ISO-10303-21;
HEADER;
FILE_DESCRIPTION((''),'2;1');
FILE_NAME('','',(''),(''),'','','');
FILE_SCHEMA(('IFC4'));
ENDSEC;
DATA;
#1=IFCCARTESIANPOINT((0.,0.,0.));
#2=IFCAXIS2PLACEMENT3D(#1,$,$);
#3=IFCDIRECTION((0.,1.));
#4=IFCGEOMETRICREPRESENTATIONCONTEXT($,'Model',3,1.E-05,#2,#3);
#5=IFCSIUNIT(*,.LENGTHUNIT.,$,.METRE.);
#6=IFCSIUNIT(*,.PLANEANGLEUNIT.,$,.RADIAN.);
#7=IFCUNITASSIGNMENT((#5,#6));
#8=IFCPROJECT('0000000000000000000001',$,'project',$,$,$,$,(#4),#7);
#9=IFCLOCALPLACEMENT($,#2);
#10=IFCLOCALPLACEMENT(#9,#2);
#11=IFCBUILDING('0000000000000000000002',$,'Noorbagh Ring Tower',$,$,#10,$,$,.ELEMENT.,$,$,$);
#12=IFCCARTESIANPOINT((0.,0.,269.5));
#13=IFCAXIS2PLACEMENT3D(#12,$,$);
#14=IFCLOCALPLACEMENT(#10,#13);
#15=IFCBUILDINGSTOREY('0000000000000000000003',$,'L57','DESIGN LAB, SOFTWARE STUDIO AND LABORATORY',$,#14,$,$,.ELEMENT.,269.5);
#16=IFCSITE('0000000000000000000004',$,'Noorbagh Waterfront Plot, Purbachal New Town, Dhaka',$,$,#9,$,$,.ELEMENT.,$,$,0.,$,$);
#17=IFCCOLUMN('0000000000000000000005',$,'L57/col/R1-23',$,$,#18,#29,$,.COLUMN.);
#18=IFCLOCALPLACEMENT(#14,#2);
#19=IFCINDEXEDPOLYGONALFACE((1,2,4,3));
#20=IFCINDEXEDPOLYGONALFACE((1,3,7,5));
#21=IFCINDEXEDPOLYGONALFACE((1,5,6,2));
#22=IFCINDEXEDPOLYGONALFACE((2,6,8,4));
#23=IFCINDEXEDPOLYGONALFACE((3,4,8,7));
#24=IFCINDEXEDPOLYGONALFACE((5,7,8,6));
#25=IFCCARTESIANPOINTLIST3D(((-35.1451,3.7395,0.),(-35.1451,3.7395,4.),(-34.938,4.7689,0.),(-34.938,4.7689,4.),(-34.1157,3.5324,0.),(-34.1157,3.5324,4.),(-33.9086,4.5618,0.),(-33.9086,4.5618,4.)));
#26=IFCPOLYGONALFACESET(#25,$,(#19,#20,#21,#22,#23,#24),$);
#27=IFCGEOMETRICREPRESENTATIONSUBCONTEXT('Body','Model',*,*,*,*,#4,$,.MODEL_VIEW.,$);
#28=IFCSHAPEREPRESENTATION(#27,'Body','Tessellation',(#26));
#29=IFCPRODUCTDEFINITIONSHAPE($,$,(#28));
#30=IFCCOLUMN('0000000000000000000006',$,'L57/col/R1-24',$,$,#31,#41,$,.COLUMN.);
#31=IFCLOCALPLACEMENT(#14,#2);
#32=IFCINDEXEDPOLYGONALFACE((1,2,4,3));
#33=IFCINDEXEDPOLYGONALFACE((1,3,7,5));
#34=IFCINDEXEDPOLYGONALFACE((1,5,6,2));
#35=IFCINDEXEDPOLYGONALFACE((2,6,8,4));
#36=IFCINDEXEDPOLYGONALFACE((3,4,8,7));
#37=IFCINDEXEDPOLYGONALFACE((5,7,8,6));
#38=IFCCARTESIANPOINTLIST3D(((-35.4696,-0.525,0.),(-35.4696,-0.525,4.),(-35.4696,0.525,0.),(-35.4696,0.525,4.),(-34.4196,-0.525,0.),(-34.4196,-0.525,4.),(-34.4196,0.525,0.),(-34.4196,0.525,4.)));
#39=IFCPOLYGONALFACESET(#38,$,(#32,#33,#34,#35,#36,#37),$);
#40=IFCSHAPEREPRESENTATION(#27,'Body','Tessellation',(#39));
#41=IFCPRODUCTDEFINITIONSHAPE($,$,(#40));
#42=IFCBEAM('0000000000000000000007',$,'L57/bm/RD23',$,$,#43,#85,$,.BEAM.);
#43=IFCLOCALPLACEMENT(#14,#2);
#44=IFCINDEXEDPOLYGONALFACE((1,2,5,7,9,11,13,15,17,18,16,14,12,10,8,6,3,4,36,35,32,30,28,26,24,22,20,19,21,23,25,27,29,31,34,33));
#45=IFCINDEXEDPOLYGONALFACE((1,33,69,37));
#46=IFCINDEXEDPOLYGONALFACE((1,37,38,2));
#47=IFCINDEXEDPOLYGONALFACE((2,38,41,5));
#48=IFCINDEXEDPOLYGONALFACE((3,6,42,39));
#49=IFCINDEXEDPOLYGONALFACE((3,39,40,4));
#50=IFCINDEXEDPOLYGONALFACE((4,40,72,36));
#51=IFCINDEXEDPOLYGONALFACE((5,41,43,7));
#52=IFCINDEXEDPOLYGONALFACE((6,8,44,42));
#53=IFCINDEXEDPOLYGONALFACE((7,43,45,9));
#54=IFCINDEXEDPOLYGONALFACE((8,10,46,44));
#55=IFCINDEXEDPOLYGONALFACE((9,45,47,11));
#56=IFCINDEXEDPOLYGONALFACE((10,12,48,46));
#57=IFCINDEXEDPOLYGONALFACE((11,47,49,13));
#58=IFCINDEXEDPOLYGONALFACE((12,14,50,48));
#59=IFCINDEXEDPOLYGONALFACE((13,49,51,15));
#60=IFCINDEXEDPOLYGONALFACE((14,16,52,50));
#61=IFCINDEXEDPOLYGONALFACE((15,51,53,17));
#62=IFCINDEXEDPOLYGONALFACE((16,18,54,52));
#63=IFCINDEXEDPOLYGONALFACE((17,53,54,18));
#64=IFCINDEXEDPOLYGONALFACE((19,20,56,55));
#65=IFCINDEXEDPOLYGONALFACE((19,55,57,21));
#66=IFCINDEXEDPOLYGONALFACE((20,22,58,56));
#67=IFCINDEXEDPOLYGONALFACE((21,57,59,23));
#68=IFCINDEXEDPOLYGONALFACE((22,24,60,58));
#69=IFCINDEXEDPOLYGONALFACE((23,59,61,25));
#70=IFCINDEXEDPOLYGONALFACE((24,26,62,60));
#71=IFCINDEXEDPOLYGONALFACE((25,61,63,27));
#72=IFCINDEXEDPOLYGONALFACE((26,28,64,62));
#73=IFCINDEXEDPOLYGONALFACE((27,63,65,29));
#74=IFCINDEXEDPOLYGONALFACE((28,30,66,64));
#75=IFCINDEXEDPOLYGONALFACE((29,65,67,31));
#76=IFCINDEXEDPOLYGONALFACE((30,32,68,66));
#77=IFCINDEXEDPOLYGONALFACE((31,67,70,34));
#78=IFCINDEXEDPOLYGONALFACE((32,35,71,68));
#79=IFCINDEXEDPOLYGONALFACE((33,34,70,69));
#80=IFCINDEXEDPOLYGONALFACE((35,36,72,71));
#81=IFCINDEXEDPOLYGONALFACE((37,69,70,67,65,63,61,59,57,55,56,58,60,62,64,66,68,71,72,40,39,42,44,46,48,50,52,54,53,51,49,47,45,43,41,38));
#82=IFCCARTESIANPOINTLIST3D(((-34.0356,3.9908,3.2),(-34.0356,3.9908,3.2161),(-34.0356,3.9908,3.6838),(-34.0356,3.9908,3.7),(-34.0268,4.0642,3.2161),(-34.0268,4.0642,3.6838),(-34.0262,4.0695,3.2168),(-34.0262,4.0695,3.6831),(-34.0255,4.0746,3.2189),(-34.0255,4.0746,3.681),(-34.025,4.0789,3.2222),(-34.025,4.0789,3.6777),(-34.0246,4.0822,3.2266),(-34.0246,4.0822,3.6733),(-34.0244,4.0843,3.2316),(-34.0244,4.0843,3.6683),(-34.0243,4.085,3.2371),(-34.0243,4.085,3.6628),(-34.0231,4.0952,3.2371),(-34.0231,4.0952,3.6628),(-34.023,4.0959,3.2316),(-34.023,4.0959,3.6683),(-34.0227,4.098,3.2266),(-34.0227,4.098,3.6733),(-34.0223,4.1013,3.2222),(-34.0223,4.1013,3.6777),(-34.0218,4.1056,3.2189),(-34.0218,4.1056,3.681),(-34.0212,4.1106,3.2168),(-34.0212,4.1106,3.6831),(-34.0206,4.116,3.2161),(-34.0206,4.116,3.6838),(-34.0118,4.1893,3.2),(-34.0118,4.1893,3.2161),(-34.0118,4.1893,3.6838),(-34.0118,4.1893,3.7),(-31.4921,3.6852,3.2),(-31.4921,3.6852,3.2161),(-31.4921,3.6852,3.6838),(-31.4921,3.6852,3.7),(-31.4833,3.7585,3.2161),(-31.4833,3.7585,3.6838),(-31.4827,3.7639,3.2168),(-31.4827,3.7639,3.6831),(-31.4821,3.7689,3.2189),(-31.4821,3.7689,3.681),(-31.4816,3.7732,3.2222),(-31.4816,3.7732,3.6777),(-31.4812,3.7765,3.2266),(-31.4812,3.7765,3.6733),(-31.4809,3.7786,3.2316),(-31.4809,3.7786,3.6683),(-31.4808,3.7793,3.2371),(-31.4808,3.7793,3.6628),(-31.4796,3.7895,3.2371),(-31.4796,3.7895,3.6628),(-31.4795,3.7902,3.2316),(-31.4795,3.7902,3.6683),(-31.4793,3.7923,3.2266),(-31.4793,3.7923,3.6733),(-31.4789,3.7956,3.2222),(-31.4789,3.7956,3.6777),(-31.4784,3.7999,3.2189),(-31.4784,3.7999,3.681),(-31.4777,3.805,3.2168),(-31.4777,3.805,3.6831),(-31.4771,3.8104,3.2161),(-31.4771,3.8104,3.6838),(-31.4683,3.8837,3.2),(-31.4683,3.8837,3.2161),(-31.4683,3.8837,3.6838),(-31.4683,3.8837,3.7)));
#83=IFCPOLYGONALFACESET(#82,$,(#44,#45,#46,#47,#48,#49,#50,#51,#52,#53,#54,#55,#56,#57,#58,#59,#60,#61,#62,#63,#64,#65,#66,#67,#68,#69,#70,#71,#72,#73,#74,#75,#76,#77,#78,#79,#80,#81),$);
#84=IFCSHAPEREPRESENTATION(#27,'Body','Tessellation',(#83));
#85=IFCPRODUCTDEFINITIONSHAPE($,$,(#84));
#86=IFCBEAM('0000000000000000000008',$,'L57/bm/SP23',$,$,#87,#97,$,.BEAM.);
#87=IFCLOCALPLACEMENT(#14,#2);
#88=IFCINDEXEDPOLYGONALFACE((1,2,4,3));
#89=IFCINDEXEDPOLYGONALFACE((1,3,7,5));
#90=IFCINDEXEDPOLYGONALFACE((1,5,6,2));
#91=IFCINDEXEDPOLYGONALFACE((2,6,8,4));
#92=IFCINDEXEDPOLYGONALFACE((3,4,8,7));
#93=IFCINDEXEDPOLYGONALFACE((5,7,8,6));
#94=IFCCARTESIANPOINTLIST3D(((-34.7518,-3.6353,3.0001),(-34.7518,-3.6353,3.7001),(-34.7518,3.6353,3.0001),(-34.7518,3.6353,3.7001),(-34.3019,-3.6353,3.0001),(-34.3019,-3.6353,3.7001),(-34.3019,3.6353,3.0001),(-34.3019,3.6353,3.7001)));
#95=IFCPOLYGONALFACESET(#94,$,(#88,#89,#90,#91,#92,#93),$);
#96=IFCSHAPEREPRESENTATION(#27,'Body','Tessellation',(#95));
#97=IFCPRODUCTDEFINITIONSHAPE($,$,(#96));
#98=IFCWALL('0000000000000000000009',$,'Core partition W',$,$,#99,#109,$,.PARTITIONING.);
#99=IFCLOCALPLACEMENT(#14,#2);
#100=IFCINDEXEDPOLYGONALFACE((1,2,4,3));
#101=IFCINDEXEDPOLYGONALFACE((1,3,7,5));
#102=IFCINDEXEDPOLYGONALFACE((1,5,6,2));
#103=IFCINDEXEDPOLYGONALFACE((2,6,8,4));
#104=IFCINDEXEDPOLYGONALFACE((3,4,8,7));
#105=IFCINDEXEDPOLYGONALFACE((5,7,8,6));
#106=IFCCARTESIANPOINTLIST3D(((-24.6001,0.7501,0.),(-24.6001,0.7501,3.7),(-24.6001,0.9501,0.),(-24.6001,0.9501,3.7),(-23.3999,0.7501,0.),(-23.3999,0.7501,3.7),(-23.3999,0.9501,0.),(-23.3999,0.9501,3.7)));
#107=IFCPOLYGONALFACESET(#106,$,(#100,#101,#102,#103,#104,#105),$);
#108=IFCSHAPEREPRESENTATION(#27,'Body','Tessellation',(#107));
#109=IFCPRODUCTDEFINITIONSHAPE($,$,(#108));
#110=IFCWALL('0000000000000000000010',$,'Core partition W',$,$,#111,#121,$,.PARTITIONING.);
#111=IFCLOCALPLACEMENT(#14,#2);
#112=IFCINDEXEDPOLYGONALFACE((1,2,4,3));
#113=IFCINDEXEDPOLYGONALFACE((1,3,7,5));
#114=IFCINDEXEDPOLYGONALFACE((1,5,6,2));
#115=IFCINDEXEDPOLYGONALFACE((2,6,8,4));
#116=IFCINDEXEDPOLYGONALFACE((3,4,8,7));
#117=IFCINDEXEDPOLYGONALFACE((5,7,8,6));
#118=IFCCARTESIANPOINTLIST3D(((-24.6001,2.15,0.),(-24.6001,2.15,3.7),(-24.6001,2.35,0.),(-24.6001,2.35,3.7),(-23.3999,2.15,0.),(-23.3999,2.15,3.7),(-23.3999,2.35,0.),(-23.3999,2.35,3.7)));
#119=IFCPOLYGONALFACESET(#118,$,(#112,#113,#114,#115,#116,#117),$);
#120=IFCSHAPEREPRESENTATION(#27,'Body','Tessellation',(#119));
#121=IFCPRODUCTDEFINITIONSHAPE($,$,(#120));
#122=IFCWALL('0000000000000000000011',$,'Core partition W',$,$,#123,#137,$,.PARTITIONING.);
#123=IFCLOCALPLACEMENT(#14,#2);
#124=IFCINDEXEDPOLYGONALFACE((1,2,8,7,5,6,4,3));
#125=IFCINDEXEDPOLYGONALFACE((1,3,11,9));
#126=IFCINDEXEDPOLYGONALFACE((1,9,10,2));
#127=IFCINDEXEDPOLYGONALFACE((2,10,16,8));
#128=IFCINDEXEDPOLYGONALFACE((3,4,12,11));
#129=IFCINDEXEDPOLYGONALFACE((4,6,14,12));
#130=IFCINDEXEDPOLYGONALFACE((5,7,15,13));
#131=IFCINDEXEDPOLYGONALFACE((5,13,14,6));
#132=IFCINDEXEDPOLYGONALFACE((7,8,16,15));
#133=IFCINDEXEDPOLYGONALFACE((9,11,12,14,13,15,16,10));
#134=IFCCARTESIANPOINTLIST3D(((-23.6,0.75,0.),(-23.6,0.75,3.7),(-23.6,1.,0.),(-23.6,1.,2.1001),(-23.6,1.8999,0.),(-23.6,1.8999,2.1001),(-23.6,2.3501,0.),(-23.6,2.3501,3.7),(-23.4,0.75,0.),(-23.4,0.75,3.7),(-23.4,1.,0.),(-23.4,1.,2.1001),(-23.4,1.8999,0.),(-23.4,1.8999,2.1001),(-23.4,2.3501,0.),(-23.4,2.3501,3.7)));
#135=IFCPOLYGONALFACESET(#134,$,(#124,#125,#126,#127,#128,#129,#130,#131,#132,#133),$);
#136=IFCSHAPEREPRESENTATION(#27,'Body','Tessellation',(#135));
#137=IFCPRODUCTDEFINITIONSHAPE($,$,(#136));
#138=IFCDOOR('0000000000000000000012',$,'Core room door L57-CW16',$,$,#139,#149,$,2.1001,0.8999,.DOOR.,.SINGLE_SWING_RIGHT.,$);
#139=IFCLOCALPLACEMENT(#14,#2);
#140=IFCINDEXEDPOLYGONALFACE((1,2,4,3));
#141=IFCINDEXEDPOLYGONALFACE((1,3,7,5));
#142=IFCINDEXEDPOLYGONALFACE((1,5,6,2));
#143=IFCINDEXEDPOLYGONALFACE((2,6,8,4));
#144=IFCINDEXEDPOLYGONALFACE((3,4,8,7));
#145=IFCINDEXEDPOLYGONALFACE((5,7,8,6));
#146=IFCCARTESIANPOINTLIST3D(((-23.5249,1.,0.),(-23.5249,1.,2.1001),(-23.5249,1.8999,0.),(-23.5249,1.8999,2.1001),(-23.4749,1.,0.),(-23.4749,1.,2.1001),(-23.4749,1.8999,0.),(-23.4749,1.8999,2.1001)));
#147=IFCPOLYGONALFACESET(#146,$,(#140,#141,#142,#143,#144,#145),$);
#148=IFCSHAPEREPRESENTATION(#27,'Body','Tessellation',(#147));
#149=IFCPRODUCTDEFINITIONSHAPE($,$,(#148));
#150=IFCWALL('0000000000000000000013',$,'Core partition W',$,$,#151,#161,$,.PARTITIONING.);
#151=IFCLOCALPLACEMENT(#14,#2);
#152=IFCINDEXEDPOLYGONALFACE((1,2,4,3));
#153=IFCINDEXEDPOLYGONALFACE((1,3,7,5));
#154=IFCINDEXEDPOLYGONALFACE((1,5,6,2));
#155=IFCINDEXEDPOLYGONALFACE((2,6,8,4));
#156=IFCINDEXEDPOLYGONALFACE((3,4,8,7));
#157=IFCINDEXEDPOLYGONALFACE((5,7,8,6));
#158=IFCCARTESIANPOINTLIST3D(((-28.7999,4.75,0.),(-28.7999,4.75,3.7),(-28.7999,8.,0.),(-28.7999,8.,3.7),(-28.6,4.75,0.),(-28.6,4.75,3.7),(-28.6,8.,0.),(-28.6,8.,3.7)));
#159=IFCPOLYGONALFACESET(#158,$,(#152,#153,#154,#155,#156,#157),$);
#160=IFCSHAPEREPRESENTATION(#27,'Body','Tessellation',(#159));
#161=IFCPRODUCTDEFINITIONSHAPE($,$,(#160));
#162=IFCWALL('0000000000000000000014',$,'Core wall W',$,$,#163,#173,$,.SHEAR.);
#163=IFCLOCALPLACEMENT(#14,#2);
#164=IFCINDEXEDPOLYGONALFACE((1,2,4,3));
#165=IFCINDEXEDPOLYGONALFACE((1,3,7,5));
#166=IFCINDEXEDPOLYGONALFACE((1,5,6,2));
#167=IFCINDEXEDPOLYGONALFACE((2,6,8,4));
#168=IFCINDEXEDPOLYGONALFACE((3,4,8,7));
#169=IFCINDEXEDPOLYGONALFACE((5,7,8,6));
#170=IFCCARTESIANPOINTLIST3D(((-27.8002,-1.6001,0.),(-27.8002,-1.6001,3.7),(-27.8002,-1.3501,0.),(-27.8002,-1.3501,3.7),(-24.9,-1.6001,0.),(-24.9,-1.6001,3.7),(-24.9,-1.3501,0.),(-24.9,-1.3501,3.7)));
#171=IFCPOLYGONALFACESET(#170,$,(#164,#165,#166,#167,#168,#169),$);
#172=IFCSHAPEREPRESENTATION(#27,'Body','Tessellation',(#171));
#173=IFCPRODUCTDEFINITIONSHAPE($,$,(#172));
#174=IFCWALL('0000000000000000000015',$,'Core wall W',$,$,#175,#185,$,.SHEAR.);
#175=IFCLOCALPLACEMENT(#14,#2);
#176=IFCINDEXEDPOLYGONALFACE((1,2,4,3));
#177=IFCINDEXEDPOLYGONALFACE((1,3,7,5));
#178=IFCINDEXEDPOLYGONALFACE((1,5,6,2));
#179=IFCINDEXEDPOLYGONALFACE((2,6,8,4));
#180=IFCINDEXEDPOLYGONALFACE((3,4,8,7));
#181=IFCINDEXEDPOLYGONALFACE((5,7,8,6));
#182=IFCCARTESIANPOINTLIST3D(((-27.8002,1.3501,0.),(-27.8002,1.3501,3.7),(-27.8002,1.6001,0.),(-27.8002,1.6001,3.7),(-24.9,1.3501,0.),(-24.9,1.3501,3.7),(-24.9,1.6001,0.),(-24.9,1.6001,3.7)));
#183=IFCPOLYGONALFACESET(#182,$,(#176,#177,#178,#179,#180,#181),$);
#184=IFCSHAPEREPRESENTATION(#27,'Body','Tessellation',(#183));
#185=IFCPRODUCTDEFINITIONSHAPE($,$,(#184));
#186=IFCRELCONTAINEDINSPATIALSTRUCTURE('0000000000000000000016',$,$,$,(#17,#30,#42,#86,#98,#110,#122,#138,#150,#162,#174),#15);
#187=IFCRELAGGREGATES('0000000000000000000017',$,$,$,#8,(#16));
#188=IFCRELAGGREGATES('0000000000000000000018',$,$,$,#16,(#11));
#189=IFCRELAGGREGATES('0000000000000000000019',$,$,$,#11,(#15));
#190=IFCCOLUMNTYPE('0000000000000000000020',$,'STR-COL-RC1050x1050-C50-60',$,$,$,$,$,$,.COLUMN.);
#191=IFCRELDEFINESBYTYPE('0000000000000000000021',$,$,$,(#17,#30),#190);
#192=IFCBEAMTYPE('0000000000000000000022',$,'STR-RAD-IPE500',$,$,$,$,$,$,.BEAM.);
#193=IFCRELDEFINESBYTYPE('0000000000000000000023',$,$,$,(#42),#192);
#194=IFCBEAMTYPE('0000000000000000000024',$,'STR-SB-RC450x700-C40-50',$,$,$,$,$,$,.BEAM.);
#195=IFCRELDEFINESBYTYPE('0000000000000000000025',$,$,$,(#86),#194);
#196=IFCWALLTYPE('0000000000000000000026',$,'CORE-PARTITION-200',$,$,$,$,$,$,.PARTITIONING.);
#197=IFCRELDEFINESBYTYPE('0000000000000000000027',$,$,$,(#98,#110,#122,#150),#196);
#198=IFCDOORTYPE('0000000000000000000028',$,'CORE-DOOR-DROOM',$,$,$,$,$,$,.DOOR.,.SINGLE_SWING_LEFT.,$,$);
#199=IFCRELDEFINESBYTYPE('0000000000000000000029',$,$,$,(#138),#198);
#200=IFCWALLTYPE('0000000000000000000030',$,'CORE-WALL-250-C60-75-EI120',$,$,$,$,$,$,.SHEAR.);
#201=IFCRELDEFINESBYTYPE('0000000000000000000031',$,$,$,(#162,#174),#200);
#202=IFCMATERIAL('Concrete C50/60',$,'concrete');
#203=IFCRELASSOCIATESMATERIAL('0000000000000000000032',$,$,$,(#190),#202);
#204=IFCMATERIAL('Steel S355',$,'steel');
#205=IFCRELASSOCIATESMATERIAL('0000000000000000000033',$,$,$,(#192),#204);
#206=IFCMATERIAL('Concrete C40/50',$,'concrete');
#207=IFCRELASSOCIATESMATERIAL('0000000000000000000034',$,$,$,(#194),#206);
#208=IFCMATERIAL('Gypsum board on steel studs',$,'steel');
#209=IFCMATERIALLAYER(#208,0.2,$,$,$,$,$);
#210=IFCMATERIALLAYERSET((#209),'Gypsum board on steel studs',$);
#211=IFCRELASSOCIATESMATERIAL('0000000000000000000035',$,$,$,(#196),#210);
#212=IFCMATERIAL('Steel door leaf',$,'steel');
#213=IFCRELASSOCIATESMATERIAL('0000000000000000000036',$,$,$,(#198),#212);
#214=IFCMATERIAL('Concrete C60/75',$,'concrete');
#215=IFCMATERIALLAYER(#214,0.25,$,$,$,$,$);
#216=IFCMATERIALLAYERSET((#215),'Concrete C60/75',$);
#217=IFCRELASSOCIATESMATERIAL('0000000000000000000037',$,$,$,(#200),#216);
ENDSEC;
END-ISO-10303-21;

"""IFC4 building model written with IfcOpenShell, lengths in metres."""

from ifc_helpers import new_model, si_unit, direction, frame, frame_2d, origin, origin_2d, place, context, subcontext, project, spatial, rectangle, i_section, extrude, material, layer, layer_set, material_profile, profile_set, type_object, element, fill, save


model = new_model("IFC4")

# Units and contexts
model_context = context("Model", 3, precision=1e-05, world=origin(), true_north=direction((0.0, 1.0)))
body_context = subcontext(model_context, "Body", "Model", "MODEL_VIEW")
ifc_project = project(units=[si_unit("LENGTHUNIT", "METRE"), si_unit("PLANEANGLEUNIT", "RADIAN")], contexts=[model_context])

# Site, building, storey
site_placement = place(None, origin())
site = spatial("IfcSite", under=ifc_project, at=site_placement, Name="Noorbagh Waterfront Plot, Purbachal New Town, Dhaka", CompositionType="ELEMENT", RefElevation=0.0)
building_placement = place(site_placement, origin())
building = spatial("IfcBuilding", under=site, at=building_placement, Name="Noorbagh Ring Tower", CompositionType="ELEMENT")
storey_placement = place(building_placement, frame((0.0, 0.0, 269.5)))
storey = spatial("IfcBuildingStorey", under=building, at=storey_placement, Name="L57", Description="DESIGN LAB, SOFTWARE STUDIO AND LABORATORY", CompositionType="ELEMENT", Elevation=269.5)

# Columns
ifc_material_1 = material(Name="Concrete C50/60", Category="concrete")
ifc_material_profile_1 = material_profile(ifc_material_1, rectangle(XDim=1.05, YDim=1.05, at=origin_2d()), Name="RC1050x1050")
ifc_profile_set_1 = profile_set([ifc_material_profile_1], Name="Concrete C50/60")
column_type = type_object("IfcColumnType", Name="STR-COL-RC1050x1050-C50-60", PredefinedType="COLUMN", material=ifc_profile_set_1)
for number, where, z_axis, x_axis, name in (
    (1, (-34.5269, 4.1506, 0.0), (0.0, 0.0, 1.0), (-0.19723, -0.980357, 0.0), "L57/col/R1-23"),
    (2, (-34.9446, 0.0, 0.0), (0.0, 0.0, 1.0), (0.0, -1.0, 0.0), "L57/col/R1-24"),
):
    element("IfcColumn", number, at=place(storey_placement, frame(where, z_axis=z_axis, x_axis=x_axis)), inside=storey, type_object=column_type, Name=name, PredefinedType="COLUMN", context=body_context, shape_type="SweptSolid", body=[
        extrude(rectangle(XDim=1.05, YDim=1.05, at=origin_2d()), origin(), (0.0, 0.0, 1.0), 4.0),
    ])

# Beams
ifc_material_2 = material(Name="Steel S355", Category="steel")
ifc_material_profile_2 = material_profile(ifc_material_2, i_section(OverallWidth=0.2, OverallDepth=0.5, WebThickness=0.0103, FlangeThickness=0.0161, FilletRadius=0.021, at=origin_2d()), Name="IPE500")
ifc_profile_set_2 = profile_set([ifc_material_profile_2], Name="Steel S355")
beam_type_1 = type_object("IfcBeamType", Name="STR-RAD-IPE500", PredefinedType="BEAM", material=ifc_profile_set_2)
beam_1_placement = place(storey_placement, frame((-34.0237, 4.0901, 3.45), z_axis=(0.992856, -0.119318, 0.0), x_axis=(0.119318, 0.992856, 0.0)))
element("IfcBeam", 3, at=beam_1_placement, inside=storey, type_object=beam_type_1, Name="L57/bm/RD23", PredefinedType="BEAM", context=body_context, shape_type="SweptSolid", body=[
    extrude(i_section(OverallWidth=0.2, OverallDepth=0.5, WebThickness=0.0103, FlangeThickness=0.0161, FilletRadius=0.021, at=origin_2d()), origin(), (0.0, 0.0, 1.0), 2.5618),
])
ifc_material_3 = material(Name="Concrete C40/50", Category="concrete")
ifc_material_profile_3 = material_profile(ifc_material_3, rectangle(XDim=0.45, YDim=0.7, at=origin_2d()), Name="RC450x700")
ifc_profile_set_3 = profile_set([ifc_material_profile_3], Name="Concrete C40/50")
beam_type_2 = type_object("IfcBeamType", Name="STR-SB-RC450x700-C40-50", PredefinedType="BEAM", material=ifc_profile_set_3)
beam_2_placement = place(storey_placement, frame((-34.5269, 3.6353, 3.3501), z_axis=(0.0, -1.0, 0.0), x_axis=(1.0, 0.0, 0.0)))
element("IfcBeam", 4, at=beam_2_placement, inside=storey, type_object=beam_type_2, Name="L57/bm/SP23", PredefinedType="BEAM", context=body_context, shape_type="SweptSolid", body=[
    extrude(rectangle(XDim=0.45, YDim=0.7, at=origin_2d()), origin(), (0.0, 0.0, 1.0), 7.2705),
])

# Walls
ifc_material_4 = material(Name="Gypsum board on steel studs", Category="steel")
ifc_layer_1 = layer(ifc_material_4, 0.2)
ifc_layer_set_1 = layer_set([ifc_layer_1], Name="Gypsum board on steel studs")
wall_type_1 = type_object("IfcWallType", Name="CORE-PARTITION-200", PredefinedType="PARTITIONING", material=ifc_layer_set_1)
for number, where, z_axis, x_axis, name in (
    (5, (-23.3999, 0.8501, 0.0), (0.0, 0.0, 1.0), (-1.0, 0.0, 0.0), "Core partition W"),
    (6, (-23.3999, 2.25, 0.0), (0.0, 0.0, 1.0), (-1.0, 0.0, 0.0), "Core partition W"),
):
    element("IfcWall", number, at=place(storey_placement, frame(where, z_axis=z_axis, x_axis=x_axis)), inside=storey, type_object=wall_type_1, Name=name, PredefinedType="PARTITIONING", context=body_context, shape_type="SweptSolid", body=[
        extrude(rectangle(XDim=1.2002, YDim=0.2, at=frame_2d((0.6001, 0.0))), origin(), (0.0, 0.0, 1.0), 3.7),
    ])

# Wall, opening, door
wall_1_placement = place(storey_placement, frame((-23.5, 0.75, 0.0), z_axis=(0.0, 0.0, 1.0), x_axis=(0.0, 1.0, 0.0)))
wall_1 = element("IfcWall", 7, at=wall_1_placement, inside=storey, type_object=wall_type_1, Name="Core partition W", PredefinedType="PARTITIONING", context=body_context, shape_type="SweptSolid", body=[
    extrude(rectangle(XDim=1.6001, YDim=0.2, at=frame_2d((0.8, 0.0))), origin(), (0.0, 0.0, 1.0), 3.7),
])
opening_1_placement = place(wall_1_placement, frame((0.25, 0.0, 0.0)))
opening_1 = element("IfcOpeningElement", 8, at=opening_1_placement, cuts=wall_1, PredefinedType="OPENING", context=body_context, shape_type="SweptSolid", body=[
    extrude(rectangle(XDim=0.8999, YDim=2.1001, at=frame_2d((0.45, 1.05))), frame((0.0, 0.1099, 0.0), z_axis=(0.0, -1.0, 0.0), x_axis=(1.0, 0.0, 0.0)), (0.0, 0.0, 1.0), 0.22),
])
ifc_material_5 = material(Name="Steel door leaf", Category="steel")
door_type_1 = type_object("IfcDoorType", Name="CORE-DOOR-DROOM", OperationType="SINGLE_SWING_LEFT", PredefinedType="DOOR", material=ifc_material_5)
door_1_placement = place(opening_1_placement, origin())
door_1 = element("IfcDoor", 9, at=door_1_placement, inside=storey, type_object=door_type_1, Name="Core room door L57-CW16", OperationType="SINGLE_SWING_RIGHT", OverallHeight=2.1001, OverallWidth=0.8999, PredefinedType="DOOR", context=body_context, shape_type="SweptSolid", body=[
    extrude(rectangle(XDim=0.8999, YDim=2.1001, at=frame_2d((0.45, 1.05))), frame((0.0, 0.0249, 0.0), z_axis=(0.0, -1.0, 0.0), x_axis=(1.0, 0.0, 0.0)), (0.0, 0.0, 1.0), 0.05),
])
fill(opening_1, door_1)

# Walls
wall_2_placement = place(storey_placement, frame((-28.7, 4.75, 0.0), z_axis=(0.0, 0.0, 1.0), x_axis=(0.0, 1.0, 0.0)))
element("IfcWall", 10, at=wall_2_placement, inside=storey, type_object=wall_type_1, Name="Core partition W", PredefinedType="PARTITIONING", context=body_context, shape_type="SweptSolid", body=[
    extrude(rectangle(XDim=3.25, YDim=0.2, at=frame_2d((1.625, 0.0))), origin(), (0.0, 0.0, 1.0), 3.7),
])
ifc_material_6 = material(Name="Concrete C60/75", Category="concrete")
ifc_layer_2 = layer(ifc_material_6, 0.25)
ifc_layer_set_2 = layer_set([ifc_layer_2], Name="Concrete C60/75")
wall_type_2 = type_object("IfcWallType", Name="CORE-WALL-250-C60-75-EI120", PredefinedType="SHEAR", material=ifc_layer_set_2)
for number, where, z_axis, x_axis, name in (
    (11, (-24.8999, -1.4751, 0.0), (0.0, 0.0, 1.0), (-1.0, 0.0, 0.0), "Core wall W"),
    (12, (-24.8999, 1.4751, 0.0), (0.0, 0.0, 1.0), (-1.0, 0.0, 0.0), "Core wall W"),
):
    element("IfcWall", number, at=place(storey_placement, frame(where, z_axis=z_axis, x_axis=x_axis)), inside=storey, type_object=wall_type_2, Name=name, PredefinedType="SHEAR", context=body_context, shape_type="SweptSolid", body=[
        extrude(rectangle(XDim=2.9001, YDim=0.25, at=frame_2d((1.4502, 0.0))), origin(), (0.0, 0.0, 1.0), 3.7),
    ])

save(model, "model.ifc")
